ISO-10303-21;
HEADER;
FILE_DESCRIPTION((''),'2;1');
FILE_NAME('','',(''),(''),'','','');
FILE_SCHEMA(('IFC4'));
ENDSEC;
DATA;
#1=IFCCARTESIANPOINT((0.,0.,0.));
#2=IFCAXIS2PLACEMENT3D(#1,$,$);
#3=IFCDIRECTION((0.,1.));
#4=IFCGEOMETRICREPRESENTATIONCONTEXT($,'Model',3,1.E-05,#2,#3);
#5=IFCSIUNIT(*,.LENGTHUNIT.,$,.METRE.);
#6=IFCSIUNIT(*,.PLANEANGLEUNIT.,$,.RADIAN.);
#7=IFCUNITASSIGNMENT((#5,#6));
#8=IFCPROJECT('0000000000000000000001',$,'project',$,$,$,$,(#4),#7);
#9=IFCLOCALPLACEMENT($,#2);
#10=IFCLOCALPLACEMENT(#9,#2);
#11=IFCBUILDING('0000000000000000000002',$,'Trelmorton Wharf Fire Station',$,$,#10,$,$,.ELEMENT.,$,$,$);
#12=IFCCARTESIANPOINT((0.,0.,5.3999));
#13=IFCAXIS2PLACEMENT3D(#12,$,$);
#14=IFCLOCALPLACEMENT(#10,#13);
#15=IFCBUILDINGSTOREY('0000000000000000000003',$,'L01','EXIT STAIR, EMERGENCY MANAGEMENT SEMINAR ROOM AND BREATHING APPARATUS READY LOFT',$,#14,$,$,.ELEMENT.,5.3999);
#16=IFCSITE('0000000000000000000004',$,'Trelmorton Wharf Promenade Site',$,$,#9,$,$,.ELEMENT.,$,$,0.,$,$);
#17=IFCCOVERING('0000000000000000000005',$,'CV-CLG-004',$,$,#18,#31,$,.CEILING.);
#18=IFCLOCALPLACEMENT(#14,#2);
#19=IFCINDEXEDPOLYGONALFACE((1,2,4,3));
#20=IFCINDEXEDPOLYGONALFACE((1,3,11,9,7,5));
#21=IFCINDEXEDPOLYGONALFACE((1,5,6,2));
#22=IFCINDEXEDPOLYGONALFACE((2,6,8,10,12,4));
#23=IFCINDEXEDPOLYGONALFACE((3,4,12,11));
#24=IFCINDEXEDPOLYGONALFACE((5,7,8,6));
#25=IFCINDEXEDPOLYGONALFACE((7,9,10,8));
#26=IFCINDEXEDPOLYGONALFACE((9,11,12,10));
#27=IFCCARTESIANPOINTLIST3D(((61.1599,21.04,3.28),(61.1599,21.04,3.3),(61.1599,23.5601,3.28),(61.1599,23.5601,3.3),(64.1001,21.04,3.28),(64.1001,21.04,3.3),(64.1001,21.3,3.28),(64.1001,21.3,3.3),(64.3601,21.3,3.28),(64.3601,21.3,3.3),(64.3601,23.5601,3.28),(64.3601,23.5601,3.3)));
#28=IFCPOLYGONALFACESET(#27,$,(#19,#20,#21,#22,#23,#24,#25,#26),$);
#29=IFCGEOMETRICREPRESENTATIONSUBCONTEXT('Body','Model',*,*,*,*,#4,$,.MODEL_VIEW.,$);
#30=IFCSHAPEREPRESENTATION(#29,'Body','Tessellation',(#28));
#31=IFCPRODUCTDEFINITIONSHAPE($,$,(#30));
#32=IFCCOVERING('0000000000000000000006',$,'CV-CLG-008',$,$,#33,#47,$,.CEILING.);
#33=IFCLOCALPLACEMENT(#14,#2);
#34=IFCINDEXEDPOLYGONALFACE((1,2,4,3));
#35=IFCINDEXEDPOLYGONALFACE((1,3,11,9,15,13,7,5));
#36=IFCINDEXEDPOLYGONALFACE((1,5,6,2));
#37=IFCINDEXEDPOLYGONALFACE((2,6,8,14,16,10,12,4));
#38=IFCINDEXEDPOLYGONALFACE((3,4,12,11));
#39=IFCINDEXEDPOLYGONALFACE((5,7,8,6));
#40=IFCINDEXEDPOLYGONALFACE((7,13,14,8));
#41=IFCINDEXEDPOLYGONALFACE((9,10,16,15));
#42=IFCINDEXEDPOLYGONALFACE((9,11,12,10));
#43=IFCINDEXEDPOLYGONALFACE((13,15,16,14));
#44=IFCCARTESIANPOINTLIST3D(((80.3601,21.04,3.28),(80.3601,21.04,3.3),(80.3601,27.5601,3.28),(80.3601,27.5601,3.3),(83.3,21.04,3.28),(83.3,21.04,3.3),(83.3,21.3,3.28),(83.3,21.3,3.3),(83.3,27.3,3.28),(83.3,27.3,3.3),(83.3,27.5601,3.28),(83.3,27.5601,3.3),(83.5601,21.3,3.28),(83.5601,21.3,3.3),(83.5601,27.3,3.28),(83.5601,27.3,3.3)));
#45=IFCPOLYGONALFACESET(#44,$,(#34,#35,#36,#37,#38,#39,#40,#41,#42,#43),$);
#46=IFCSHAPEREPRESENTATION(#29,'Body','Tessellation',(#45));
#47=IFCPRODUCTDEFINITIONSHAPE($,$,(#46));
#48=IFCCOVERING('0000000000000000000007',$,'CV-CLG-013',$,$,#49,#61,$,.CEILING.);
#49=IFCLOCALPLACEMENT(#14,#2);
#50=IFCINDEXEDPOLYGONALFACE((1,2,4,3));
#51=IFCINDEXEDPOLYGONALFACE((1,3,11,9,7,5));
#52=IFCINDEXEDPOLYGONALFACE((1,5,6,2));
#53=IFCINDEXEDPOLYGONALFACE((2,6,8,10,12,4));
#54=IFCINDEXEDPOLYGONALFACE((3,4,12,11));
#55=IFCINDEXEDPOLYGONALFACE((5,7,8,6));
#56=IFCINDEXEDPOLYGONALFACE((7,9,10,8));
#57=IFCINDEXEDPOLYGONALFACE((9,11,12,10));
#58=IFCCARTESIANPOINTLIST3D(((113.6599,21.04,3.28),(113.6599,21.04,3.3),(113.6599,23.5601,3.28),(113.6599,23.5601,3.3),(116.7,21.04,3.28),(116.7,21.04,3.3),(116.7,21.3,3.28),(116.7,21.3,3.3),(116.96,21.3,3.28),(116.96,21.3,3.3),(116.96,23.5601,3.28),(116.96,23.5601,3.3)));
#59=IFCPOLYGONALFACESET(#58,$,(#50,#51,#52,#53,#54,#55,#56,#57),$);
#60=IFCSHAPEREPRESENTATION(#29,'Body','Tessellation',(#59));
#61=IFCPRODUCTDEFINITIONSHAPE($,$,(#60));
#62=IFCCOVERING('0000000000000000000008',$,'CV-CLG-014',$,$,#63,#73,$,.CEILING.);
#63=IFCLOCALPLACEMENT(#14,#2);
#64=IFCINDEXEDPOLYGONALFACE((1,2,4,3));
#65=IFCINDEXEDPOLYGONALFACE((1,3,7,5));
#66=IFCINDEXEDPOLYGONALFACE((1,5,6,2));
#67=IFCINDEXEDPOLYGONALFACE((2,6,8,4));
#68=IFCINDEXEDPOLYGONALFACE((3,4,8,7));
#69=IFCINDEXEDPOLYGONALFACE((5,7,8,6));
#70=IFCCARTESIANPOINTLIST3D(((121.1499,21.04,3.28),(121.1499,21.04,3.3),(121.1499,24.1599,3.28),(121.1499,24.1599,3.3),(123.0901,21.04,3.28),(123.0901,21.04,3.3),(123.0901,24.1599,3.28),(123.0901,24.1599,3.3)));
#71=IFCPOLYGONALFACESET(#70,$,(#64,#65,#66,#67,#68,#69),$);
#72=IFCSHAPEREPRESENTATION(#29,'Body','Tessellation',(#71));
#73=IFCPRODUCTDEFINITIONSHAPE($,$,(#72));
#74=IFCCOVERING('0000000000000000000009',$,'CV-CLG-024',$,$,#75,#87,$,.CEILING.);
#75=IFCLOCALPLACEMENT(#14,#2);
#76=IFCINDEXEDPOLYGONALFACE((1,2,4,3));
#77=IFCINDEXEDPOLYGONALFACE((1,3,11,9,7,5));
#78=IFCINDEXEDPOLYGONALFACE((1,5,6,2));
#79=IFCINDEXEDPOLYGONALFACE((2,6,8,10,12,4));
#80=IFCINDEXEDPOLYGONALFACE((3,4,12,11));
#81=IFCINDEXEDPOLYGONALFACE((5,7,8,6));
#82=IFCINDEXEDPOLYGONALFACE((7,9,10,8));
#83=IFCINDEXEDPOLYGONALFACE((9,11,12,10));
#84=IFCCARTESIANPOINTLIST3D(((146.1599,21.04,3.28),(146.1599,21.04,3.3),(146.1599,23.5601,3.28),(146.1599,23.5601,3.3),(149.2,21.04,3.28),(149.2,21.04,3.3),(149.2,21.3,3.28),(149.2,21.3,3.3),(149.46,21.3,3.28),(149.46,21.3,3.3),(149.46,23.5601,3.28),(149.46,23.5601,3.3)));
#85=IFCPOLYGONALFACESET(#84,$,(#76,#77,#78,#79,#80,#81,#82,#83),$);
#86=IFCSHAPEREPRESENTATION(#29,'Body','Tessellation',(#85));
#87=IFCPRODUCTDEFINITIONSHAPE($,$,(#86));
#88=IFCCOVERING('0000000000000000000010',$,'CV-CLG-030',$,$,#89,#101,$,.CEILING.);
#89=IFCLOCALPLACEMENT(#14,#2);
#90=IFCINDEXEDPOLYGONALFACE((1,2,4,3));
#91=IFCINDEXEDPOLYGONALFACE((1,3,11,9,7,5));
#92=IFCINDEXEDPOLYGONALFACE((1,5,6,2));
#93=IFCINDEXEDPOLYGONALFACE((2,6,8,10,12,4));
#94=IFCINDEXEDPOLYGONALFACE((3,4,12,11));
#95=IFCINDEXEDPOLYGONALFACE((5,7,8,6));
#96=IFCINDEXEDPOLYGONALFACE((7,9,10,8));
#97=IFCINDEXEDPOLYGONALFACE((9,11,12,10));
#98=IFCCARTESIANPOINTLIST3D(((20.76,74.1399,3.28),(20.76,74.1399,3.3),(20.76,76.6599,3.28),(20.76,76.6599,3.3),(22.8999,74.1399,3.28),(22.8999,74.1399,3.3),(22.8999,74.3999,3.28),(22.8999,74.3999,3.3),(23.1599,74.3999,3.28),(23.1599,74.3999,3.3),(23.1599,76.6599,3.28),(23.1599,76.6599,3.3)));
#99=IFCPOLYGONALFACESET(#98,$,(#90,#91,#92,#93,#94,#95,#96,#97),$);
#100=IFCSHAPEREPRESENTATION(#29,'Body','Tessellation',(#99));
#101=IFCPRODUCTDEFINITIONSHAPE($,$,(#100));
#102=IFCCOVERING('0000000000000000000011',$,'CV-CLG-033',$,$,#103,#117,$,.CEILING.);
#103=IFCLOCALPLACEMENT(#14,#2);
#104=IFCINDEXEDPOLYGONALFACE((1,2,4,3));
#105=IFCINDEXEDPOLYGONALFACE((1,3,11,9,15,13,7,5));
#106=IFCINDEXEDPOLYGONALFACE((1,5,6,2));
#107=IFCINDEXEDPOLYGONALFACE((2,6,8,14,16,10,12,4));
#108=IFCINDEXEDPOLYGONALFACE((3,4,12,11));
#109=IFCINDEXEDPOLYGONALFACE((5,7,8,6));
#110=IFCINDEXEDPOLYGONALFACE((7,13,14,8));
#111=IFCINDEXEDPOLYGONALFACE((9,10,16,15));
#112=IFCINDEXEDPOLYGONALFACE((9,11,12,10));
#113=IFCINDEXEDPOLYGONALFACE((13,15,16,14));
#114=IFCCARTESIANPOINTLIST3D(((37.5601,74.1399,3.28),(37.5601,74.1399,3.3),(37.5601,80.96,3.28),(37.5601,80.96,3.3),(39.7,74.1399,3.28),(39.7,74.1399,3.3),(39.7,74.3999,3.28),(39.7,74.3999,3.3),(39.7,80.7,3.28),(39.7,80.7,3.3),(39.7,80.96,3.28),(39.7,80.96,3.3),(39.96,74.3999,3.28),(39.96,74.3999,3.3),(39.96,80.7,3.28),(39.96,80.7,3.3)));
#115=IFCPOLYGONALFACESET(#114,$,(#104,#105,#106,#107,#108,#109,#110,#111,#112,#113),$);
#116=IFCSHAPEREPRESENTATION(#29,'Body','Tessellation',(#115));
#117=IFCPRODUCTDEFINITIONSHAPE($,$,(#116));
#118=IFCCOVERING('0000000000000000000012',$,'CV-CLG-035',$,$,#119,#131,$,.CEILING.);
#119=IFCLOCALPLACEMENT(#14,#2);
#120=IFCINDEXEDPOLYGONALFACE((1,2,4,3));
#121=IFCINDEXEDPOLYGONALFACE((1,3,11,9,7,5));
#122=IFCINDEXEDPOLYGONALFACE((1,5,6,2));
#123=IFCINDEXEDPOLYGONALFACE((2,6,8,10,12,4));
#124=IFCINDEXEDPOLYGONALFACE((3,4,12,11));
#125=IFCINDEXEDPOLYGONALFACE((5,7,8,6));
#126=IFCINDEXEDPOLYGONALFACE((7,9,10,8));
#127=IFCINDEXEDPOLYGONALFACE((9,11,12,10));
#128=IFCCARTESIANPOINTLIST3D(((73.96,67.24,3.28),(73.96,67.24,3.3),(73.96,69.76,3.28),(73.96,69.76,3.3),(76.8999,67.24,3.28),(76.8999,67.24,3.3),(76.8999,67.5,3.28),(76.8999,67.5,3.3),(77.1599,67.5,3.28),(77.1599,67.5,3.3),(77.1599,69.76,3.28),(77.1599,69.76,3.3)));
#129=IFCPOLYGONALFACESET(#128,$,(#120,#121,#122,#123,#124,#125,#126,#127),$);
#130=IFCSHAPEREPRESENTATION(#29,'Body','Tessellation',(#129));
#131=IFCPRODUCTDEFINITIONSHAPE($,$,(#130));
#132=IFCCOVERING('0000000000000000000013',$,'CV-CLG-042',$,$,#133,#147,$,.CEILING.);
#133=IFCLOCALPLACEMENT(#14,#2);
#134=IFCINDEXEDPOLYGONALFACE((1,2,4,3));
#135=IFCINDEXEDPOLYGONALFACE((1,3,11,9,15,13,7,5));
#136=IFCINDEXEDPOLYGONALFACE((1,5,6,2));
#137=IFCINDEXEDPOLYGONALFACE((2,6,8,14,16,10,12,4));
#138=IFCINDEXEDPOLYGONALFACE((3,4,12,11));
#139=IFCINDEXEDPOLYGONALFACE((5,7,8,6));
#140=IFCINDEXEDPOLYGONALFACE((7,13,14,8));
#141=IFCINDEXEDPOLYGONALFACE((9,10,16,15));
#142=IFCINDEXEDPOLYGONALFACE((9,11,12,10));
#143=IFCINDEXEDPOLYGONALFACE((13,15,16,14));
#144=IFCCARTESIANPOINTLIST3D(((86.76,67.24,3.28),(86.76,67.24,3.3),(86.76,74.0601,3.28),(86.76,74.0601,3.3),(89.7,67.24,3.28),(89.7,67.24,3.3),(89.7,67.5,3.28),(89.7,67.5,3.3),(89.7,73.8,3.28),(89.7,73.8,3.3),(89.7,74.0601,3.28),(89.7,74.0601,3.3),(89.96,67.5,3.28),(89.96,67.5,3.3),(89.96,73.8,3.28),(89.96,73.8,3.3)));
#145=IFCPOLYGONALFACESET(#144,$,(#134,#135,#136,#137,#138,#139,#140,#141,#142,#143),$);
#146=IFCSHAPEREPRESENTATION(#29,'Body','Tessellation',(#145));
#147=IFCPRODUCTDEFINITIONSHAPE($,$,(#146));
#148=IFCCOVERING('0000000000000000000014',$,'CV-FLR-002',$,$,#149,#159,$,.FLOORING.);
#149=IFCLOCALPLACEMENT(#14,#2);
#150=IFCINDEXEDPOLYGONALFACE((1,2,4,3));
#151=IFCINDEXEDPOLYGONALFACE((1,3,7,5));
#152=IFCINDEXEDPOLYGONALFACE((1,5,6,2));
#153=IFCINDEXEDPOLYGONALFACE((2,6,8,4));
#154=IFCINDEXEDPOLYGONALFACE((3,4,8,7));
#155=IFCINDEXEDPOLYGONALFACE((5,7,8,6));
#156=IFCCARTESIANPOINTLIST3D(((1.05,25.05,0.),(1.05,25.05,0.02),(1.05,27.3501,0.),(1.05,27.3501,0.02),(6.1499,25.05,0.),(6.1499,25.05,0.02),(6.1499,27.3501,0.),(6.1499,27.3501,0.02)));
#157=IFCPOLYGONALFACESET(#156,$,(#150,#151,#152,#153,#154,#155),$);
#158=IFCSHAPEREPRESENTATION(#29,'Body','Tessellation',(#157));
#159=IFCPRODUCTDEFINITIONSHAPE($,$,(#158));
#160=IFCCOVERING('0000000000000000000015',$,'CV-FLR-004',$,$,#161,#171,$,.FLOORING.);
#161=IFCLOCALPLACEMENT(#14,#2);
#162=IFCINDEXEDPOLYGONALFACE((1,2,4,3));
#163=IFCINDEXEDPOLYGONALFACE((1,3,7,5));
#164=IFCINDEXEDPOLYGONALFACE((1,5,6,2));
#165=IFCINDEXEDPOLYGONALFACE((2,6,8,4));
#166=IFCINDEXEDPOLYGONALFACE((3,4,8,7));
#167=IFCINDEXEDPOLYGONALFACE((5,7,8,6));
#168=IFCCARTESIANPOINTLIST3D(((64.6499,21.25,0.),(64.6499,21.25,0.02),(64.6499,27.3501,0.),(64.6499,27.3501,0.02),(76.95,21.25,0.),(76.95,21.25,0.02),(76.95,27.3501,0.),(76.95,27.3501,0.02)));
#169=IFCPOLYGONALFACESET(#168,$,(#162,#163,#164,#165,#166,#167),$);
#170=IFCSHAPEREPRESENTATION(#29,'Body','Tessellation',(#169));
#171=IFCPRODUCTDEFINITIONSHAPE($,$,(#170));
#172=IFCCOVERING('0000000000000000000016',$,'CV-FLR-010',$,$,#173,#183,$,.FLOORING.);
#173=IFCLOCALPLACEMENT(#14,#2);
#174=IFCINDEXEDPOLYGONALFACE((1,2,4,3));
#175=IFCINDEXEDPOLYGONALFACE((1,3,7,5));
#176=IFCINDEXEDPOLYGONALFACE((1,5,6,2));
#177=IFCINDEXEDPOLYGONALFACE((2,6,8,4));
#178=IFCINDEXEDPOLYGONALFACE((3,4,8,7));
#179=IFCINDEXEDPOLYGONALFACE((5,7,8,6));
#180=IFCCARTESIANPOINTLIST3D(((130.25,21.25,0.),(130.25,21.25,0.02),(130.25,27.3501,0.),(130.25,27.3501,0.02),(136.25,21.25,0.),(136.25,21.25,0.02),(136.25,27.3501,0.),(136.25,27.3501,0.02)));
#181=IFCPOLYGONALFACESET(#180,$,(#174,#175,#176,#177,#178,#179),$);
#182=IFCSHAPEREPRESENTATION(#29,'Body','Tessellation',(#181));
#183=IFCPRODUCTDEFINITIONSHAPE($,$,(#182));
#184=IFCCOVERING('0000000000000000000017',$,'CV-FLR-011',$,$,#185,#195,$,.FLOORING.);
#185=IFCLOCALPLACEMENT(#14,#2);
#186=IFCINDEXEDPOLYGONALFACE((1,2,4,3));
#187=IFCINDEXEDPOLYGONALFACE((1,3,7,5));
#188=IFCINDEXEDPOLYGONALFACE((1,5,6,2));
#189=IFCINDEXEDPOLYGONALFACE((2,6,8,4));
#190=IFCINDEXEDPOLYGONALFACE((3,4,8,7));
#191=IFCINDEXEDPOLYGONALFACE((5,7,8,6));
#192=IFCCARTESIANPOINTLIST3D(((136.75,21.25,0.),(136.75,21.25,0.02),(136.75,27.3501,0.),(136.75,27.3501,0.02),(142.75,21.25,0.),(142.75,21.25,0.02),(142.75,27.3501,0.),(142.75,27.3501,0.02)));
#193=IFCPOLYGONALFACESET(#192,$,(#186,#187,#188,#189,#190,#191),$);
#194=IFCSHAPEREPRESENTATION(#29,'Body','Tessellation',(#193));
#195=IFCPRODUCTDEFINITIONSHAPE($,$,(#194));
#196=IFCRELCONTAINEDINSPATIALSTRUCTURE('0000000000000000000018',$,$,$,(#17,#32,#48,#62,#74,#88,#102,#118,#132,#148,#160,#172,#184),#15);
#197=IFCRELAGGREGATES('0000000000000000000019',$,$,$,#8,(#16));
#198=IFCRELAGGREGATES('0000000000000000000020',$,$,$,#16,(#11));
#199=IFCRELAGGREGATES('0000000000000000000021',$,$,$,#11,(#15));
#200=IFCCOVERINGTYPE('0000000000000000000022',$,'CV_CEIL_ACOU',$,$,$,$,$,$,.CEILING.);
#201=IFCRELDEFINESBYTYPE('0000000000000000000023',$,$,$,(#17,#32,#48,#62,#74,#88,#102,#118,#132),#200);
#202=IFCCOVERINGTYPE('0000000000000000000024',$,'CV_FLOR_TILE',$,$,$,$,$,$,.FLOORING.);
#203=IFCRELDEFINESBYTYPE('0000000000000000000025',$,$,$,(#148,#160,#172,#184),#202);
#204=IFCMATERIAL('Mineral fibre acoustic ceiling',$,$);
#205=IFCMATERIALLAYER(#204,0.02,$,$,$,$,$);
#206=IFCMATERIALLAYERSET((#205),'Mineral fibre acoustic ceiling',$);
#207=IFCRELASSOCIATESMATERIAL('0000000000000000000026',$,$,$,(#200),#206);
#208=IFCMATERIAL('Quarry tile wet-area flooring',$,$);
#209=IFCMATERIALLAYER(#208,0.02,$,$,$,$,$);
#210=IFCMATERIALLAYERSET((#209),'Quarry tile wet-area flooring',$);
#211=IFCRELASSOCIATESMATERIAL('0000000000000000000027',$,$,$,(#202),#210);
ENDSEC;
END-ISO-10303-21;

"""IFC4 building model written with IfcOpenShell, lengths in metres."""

from ifc_helpers import new_model, si_unit, direction, frame, origin, place, context, subcontext, project, spatial, polyline, outline, extrude, material, layer, layer_set, type_object, element, save


model = new_model("IFC4")

# Units and contexts
model_context = context("Model", 3, precision=1e-05, world=origin(), true_north=direction((0.0, 1.0)))
body_context = subcontext(model_context, "Body", "Model", "MODEL_VIEW")
ifc_project = project(units=[si_unit("LENGTHUNIT", "METRE"), si_unit("PLANEANGLEUNIT", "RADIAN")], contexts=[model_context])

# Site, building, storey
site_placement = place(None, origin())
site = spatial("IfcSite", under=ifc_project, at=site_placement, Name="Trelmorton Wharf Promenade Site", CompositionType="ELEMENT", RefElevation=0.0)
building_placement = place(site_placement, origin())
building = spatial("IfcBuilding", under=site, at=building_placement, Name="Trelmorton Wharf Fire Station", CompositionType="ELEMENT")
storey_placement = place(building_placement, frame((0.0, 0.0, 5.3999)))
storey = spatial("IfcBuildingStorey", under=building, at=storey_placement, Name="L01", Description="EXIT STAIR, EMERGENCY MANAGEMENT SEMINAR ROOM AND BREATHING APPARATUS READY LOFT", CompositionType="ELEMENT", Elevation=5.3999)

# Coverings
ifc_material_1 = material(Name="Mineral fibre acoustic ceiling")
ifc_layer_1 = layer(ifc_material_1, 0.02)
ifc_layer_set_1 = layer_set([ifc_layer_1], Name="Mineral fibre acoustic ceiling")
covering_type_1 = type_object("IfcCoveringType", Name="CV_CEIL_ACOU", PredefinedType="CEILING", material=ifc_layer_set_1)
covering_1_placement = place(storey_placement, frame((0.0, 0.0, 3.28)))
element("IfcCovering", 1, at=covering_1_placement, inside=storey, type_object=covering_type_1, Name="CV-CLG-004", PredefinedType="CEILING", context=body_context, shape_type="SweptSolid", body=[
    extrude(outline(polyline([(61.1599, 21.04), (61.1599, 23.5601), (64.3601, 23.5601), (64.3601, 21.3), (64.1001, 21.3), (64.1001, 21.04), (61.1599, 21.04)])), origin(), (0.0, 0.0, 1.0), 0.02),
])
covering_2_placement = place(storey_placement, frame((0.0, 0.0, 3.28)))
element("IfcCovering", 2, at=covering_2_placement, inside=storey, type_object=covering_type_1, Name="CV-CLG-008", PredefinedType="CEILING", context=body_context, shape_type="SweptSolid", body=[
    extrude(outline(polyline([(80.3601, 27.5601), (83.3, 27.5601), (83.3, 27.3), (83.5601, 27.3), (83.5601, 21.3), (83.3, 21.3), (83.3, 21.04), (80.3601, 21.04), (80.3601, 27.5601)])), origin(), (0.0, 0.0, 1.0), 0.02),
])
covering_3_placement = place(storey_placement, frame((0.0, 0.0, 3.28)))
element("IfcCovering", 3, at=covering_3_placement, inside=storey, type_object=covering_type_1, Name="CV-CLG-013", PredefinedType="CEILING", context=body_context, shape_type="SweptSolid", body=[
    extrude(outline(polyline([(113.6599, 21.04), (113.6599, 23.5601), (116.96, 23.5601), (116.96, 21.3), (116.7, 21.3), (116.7, 21.04), (113.6599, 21.04)])), origin(), (0.0, 0.0, 1.0), 0.02),
])
covering_4_placement = place(storey_placement, frame((0.0, 0.0, 3.28)))
element("IfcCovering", 4, at=covering_4_placement, inside=storey, type_object=covering_type_1, Name="CV-CLG-014", PredefinedType="CEILING", context=body_context, shape_type="SweptSolid", body=[
    extrude(outline(polyline([(123.0901, 21.04), (123.0901, 24.1599), (121.1499, 24.1599), (121.1499, 21.04), (123.0901, 21.04)])), origin(), (0.0, 0.0, 1.0), 0.02),
])
covering_5_placement = place(storey_placement, frame((0.0, 0.0, 3.28)))
element("IfcCovering", 5, at=covering_5_placement, inside=storey, type_object=covering_type_1, Name="CV-CLG-024", PredefinedType="CEILING", context=body_context, shape_type="SweptSolid", body=[
    extrude(outline(polyline([(146.1599, 21.04), (146.1599, 23.5601), (149.46, 23.5601), (149.46, 21.3), (149.2, 21.3), (149.2, 21.04), (146.1599, 21.04)])), origin(), (0.0, 0.0, 1.0), 0.02),
])
covering_6_placement = place(storey_placement, frame((0.0, 0.0, 3.28)))
element("IfcCovering", 6, at=covering_6_placement, inside=storey, type_object=covering_type_1, Name="CV-CLG-030", PredefinedType="CEILING", context=body_context, shape_type="SweptSolid", body=[
    extrude(outline(polyline([(20.76, 74.1399), (20.76, 76.6599), (23.1599, 76.6599), (23.1599, 74.3999), (22.8999, 74.3999), (22.8999, 74.1399), (20.76, 74.1399)])), origin(), (0.0, 0.0, 1.0), 0.02),
])
covering_7_placement = place(storey_placement, frame((0.0, 0.0, 3.28)))
element("IfcCovering", 7, at=covering_7_placement, inside=storey, type_object=covering_type_1, Name="CV-CLG-033", PredefinedType="CEILING", context=body_context, shape_type="SweptSolid", body=[
    extrude(outline(polyline([(37.5601, 80.96), (39.7, 80.96), (39.7, 80.7), (39.96, 80.7), (39.96, 74.3999), (39.7, 74.3999), (39.7, 74.1399), (37.5601, 74.1399), (37.5601, 80.96)])), origin(), (0.0, 0.0, 1.0), 0.02),
])
covering_8_placement = place(storey_placement, frame((0.0, 0.0, 3.28)))
element("IfcCovering", 8, at=covering_8_placement, inside=storey, type_object=covering_type_1, Name="CV-CLG-035", PredefinedType="CEILING", context=body_context, shape_type="SweptSolid", body=[
    extrude(outline(polyline([(73.96, 67.24), (73.96, 69.76), (77.1599, 69.76), (77.1599, 67.5), (76.8999, 67.5), (76.8999, 67.24), (73.96, 67.24)])), origin(), (0.0, 0.0, 1.0), 0.02),
])
covering_9_placement = place(storey_placement, frame((0.0, 0.0, 3.28)))
element("IfcCovering", 9, at=covering_9_placement, inside=storey, type_object=covering_type_1, Name="CV-CLG-042", PredefinedType="CEILING", context=body_context, shape_type="SweptSolid", body=[
    extrude(outline(polyline([(86.76, 74.0601), (89.7, 74.0601), (89.7, 73.8), (89.96, 73.8), (89.96, 67.5), (89.7, 67.5), (89.7, 67.24), (86.76, 67.24), (86.76, 74.0601)])), origin(), (0.0, 0.0, 1.0), 0.02),
])
ifc_material_2 = material(Name="Quarry tile wet-area flooring")
ifc_layer_2 = layer(ifc_material_2, 0.02)
ifc_layer_set_2 = layer_set([ifc_layer_2], Name="Quarry tile wet-area flooring")
covering_type_2 = type_object("IfcCoveringType", Name="CV_FLOR_TILE", PredefinedType="FLOORING", material=ifc_layer_set_2)
covering_10_placement = place(storey_placement, origin())
element("IfcCovering", 10, at=covering_10_placement, inside=storey, type_object=covering_type_2, Name="CV-FLR-002", PredefinedType="FLOORING", context=body_context, shape_type="SweptSolid", body=[
    extrude(outline(polyline([(6.1499, 25.05), (6.1499, 27.3501), (1.05, 27.3501), (1.05, 25.05), (6.1499, 25.05)])), origin(), (0.0, 0.0, 1.0), 0.02),
])
covering_11_placement = place(storey_placement, origin())
element("IfcCovering", 11, at=covering_11_placement, inside=storey, type_object=covering_type_2, Name="CV-FLR-004", PredefinedType="FLOORING", context=body_context, shape_type="SweptSolid", body=[
    extrude(outline(polyline([(76.95, 21.25), (76.95, 27.3501), (64.6499, 27.3501), (64.6499, 21.25), (76.95, 21.25)])), origin(), (0.0, 0.0, 1.0), 0.02),
])
covering_12_placement = place(storey_placement, origin())
element("IfcCovering", 12, at=covering_12_placement, inside=storey, type_object=covering_type_2, Name="CV-FLR-010", PredefinedType="FLOORING", context=body_context, shape_type="SweptSolid", body=[
    extrude(outline(polyline([(136.25, 21.25), (136.25, 27.3501), (130.25, 27.3501), (130.25, 21.25), (136.25, 21.25)])), origin(), (0.0, 0.0, 1.0), 0.02),
])
covering_13_placement = place(storey_placement, origin())
element("IfcCovering", 13, at=covering_13_placement, inside=storey, type_object=covering_type_2, Name="CV-FLR-011", PredefinedType="FLOORING", context=body_context, shape_type="SweptSolid", body=[
    extrude(outline(polyline([(142.75, 21.25), (142.75, 27.3501), (136.75, 27.3501), (136.75, 21.25), (142.75, 21.25)])), origin(), (0.0, 0.0, 1.0), 0.02),
])

save(model, "model.ifc")
